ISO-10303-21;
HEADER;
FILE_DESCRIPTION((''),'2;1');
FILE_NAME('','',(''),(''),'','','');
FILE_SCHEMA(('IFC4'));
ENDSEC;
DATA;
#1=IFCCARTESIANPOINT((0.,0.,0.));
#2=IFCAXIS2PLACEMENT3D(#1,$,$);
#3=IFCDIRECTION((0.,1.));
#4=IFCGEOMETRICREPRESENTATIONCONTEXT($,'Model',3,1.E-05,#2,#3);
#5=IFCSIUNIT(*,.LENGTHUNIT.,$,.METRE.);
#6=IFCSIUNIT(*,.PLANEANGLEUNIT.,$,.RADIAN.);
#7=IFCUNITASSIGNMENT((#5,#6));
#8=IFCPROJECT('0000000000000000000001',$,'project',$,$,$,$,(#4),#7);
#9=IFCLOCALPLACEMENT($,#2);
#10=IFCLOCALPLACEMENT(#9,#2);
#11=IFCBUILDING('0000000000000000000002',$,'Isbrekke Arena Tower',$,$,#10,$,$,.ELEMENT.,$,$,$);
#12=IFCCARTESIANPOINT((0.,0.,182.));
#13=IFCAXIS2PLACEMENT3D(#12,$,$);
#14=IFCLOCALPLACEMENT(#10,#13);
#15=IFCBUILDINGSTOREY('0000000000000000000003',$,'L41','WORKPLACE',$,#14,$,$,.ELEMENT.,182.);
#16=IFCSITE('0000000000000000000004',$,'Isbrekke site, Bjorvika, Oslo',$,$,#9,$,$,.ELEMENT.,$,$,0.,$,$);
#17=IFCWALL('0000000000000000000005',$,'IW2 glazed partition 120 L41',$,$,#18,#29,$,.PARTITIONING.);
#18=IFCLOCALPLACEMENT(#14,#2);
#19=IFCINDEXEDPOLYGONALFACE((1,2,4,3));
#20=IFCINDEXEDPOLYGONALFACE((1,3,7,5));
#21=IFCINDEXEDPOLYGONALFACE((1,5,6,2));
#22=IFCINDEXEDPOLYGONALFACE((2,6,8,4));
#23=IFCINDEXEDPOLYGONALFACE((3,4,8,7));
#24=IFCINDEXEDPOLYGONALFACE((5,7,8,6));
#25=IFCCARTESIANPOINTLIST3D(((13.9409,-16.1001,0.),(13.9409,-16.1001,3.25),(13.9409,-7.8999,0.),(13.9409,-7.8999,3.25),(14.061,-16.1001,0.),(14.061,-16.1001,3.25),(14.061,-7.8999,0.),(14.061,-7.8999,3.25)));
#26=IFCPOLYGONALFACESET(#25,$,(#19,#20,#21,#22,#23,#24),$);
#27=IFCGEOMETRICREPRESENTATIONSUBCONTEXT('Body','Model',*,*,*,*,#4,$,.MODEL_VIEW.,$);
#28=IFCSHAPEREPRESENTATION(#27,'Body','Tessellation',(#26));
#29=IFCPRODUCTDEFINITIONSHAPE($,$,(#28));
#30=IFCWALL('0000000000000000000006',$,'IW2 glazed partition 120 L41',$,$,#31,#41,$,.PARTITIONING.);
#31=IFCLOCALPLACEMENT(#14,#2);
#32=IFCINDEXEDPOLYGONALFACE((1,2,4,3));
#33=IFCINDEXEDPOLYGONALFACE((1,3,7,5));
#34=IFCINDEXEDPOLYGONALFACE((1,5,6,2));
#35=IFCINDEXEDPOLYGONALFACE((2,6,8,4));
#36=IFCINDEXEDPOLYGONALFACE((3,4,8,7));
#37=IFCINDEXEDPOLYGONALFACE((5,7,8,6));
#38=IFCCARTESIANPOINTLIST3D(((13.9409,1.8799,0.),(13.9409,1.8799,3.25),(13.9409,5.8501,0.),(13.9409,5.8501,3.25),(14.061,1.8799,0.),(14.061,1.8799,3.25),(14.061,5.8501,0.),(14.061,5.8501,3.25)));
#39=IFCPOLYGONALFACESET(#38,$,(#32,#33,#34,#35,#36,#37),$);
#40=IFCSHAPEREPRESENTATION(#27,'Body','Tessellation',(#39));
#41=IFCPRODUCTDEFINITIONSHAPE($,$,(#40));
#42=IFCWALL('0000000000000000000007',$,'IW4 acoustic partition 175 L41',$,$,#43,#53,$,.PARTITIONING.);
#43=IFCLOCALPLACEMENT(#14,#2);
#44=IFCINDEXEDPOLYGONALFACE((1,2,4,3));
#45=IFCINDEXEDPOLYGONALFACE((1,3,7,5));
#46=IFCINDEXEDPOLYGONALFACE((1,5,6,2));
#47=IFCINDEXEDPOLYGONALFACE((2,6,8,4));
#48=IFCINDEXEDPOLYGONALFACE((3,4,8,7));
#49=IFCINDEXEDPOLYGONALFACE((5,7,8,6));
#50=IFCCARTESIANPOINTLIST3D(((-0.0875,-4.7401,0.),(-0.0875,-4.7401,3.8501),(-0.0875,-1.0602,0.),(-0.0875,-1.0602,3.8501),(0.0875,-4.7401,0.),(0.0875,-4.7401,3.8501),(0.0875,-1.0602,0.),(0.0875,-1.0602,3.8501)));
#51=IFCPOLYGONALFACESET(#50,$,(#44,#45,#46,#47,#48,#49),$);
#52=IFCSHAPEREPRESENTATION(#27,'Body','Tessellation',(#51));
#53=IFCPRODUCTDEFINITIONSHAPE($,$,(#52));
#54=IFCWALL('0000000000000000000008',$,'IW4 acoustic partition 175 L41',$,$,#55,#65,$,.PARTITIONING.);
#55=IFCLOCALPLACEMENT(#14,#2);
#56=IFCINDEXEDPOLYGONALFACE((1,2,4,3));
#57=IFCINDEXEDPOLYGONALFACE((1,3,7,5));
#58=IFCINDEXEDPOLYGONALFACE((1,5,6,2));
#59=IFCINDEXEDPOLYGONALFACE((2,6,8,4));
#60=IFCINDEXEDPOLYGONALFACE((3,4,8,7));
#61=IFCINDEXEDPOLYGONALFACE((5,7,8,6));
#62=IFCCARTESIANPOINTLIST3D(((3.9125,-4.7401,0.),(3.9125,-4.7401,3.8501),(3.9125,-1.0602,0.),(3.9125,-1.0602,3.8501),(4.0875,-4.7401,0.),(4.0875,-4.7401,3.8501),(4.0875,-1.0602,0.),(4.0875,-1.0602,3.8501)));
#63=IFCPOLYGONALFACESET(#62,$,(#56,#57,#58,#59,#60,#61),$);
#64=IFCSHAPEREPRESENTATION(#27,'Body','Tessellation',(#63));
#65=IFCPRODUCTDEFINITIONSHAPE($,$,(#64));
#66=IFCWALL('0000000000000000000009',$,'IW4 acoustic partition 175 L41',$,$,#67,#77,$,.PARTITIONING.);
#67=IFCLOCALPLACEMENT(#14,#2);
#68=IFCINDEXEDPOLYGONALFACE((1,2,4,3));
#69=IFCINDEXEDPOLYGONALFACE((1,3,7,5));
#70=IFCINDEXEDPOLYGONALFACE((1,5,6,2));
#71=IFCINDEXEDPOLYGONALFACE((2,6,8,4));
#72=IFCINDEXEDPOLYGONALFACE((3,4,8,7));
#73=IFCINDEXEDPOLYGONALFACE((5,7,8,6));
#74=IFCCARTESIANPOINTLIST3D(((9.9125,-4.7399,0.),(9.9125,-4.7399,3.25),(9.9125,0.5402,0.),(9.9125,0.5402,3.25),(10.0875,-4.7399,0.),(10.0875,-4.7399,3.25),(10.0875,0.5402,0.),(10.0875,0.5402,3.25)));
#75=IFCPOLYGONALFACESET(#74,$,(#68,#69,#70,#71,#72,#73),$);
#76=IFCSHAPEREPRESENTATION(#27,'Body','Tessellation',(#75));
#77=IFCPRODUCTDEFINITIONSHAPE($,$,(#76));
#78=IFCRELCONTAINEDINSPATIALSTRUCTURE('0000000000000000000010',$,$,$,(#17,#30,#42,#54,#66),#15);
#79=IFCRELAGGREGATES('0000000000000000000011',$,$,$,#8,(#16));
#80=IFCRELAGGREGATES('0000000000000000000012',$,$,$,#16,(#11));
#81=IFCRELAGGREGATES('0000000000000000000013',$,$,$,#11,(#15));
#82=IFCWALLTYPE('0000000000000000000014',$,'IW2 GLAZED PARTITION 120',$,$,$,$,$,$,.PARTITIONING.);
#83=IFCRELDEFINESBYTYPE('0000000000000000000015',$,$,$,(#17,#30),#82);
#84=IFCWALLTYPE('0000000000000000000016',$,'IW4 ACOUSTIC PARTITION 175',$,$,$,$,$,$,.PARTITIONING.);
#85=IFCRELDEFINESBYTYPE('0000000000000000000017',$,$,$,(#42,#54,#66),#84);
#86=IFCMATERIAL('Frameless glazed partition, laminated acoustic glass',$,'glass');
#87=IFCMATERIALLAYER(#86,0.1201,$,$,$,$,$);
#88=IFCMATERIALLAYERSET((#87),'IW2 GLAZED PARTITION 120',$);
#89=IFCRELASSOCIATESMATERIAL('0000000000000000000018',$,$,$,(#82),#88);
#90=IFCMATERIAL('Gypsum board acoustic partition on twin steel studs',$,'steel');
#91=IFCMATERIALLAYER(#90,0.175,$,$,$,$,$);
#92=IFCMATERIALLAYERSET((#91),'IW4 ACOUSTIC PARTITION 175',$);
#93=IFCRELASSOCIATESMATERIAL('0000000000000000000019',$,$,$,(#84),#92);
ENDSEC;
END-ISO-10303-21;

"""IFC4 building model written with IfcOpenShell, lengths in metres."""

from ifc_helpers import new_model, si_unit, direction, frame, frame_2d, origin, place, context, subcontext, project, spatial, rectangle, extrude, material, layer, layer_set, type_object, element, save


model = new_model("IFC4")

# Units and contexts
model_context = context("Model", 3, precision=1e-05, world=origin(), true_north=direction((0.0, 1.0)))
body_context = subcontext(model_context, "Body", "Model", "MODEL_VIEW")
ifc_project = project(units=[si_unit("LENGTHUNIT", "METRE"), si_unit("PLANEANGLEUNIT", "RADIAN")], contexts=[model_context])

# Site, building, storey
site_placement = place(None, origin())
site = spatial("IfcSite", under=ifc_project, at=site_placement, Name="Isbrekke site, Bjorvika, Oslo", CompositionType="ELEMENT", RefElevation=0.0)
building_placement = place(site_placement, origin())
building = spatial("IfcBuilding", under=site, at=building_placement, Name="Isbrekke Arena Tower", CompositionType="ELEMENT")
storey_placement = place(building_placement, frame((0.0, 0.0, 182.0)))
storey = spatial("IfcBuildingStorey", under=building, at=storey_placement, Name="L41", Description="WORKPLACE", CompositionType="ELEMENT", Elevation=182.0)

# Shared definitions
ifc_material_1 = material(Name="Frameless glazed partition, laminated acoustic glass", Category="glass")
ifc_layer_1 = layer(ifc_material_1, 0.1201)
ifc_layer_set_1 = layer_set([ifc_layer_1], Name="IW2 GLAZED PARTITION 120")
wall_type_1 = type_object("IfcWallType", Name="IW2 GLAZED PARTITION 120", PredefinedType="PARTITIONING", material=ifc_layer_set_1)

# Walls
wall_1_placement = place(storey_placement, frame((14.001, -16.1001, 0.0), z_axis=(0.0, 0.0, 1.0), x_axis=(0.0, 1.0, 0.0)))
element("IfcWall", 1, at=wall_1_placement, inside=storey, type_object=wall_type_1, Name="IW2 glazed partition 120 L41", PredefinedType="PARTITIONING", context=body_context, shape_type="SweptSolid", body=[
    extrude(rectangle(XDim=8.2002, YDim=0.1201, at=frame_2d((4.1001, 0.0))), origin(), (0.0, 0.0, 1.0), 3.25),
])
wall_2_placement = place(storey_placement, frame((14.001, 1.8799, 0.0), z_axis=(0.0, 0.0, 1.0), x_axis=(0.0, 1.0, 0.0)))
element("IfcWall", 2, at=wall_2_placement, inside=storey, type_object=wall_type_1, Name="IW2 glazed partition 120 L41", PredefinedType="PARTITIONING", context=body_context, shape_type="SweptSolid", body=[
    extrude(rectangle(XDim=3.9702, YDim=0.1201, at=frame_2d((1.9851, 0.0))), origin(), (0.0, 0.0, 1.0), 3.25),
])
ifc_material_2 = material(Name="Gypsum board acoustic partition on twin steel studs", Category="steel")
ifc_layer_2 = layer(ifc_material_2, 0.175)
ifc_layer_set_2 = layer_set([ifc_layer_2], Name="IW4 ACOUSTIC PARTITION 175")
wall_type_2 = type_object("IfcWallType", Name="IW4 ACOUSTIC PARTITION 175", PredefinedType="PARTITIONING", material=ifc_layer_set_2)
for number, where, z_axis, x_axis, name in (
    (3, (0.0, -4.74, 0.0), (0.0, 0.0, 1.0), (0.0, 1.0, 0.0), "IW4 acoustic partition 175 L41"),
    (4, (4.0, -4.74, 0.0), (0.0, 0.0, 1.0), (0.0, 1.0, 0.0), "IW4 acoustic partition 175 L41"),
):
    element("IfcWall", number, at=place(storey_placement, frame(where, z_axis=z_axis, x_axis=x_axis)), inside=storey, type_object=wall_type_2, Name=name, PredefinedType="PARTITIONING", context=body_context, shape_type="SweptSolid", body=[
        extrude(rectangle(XDim=3.6799, YDim=0.175, at=frame_2d((1.8398, 0.0))), origin(), (0.0, 0.0, 1.0), 3.8501),
    ])
wall_3_placement = place(storey_placement, frame((10.0, -4.74, 0.0), z_axis=(0.0, 0.0, 1.0), x_axis=(0.0, 1.0, 0.0)))
element("IfcWall", 5, at=wall_3_placement, inside=storey, type_object=wall_type_2, Name="IW4 acoustic partition 175 L41", PredefinedType="PARTITIONING", context=body_context, shape_type="SweptSolid", body=[
    extrude(rectangle(XDim=5.28, YDim=0.175, at=frame_2d((2.6401, 0.0))), origin(), (0.0, 0.0, 1.0), 3.25),
])

save(model, "model.ifc")
